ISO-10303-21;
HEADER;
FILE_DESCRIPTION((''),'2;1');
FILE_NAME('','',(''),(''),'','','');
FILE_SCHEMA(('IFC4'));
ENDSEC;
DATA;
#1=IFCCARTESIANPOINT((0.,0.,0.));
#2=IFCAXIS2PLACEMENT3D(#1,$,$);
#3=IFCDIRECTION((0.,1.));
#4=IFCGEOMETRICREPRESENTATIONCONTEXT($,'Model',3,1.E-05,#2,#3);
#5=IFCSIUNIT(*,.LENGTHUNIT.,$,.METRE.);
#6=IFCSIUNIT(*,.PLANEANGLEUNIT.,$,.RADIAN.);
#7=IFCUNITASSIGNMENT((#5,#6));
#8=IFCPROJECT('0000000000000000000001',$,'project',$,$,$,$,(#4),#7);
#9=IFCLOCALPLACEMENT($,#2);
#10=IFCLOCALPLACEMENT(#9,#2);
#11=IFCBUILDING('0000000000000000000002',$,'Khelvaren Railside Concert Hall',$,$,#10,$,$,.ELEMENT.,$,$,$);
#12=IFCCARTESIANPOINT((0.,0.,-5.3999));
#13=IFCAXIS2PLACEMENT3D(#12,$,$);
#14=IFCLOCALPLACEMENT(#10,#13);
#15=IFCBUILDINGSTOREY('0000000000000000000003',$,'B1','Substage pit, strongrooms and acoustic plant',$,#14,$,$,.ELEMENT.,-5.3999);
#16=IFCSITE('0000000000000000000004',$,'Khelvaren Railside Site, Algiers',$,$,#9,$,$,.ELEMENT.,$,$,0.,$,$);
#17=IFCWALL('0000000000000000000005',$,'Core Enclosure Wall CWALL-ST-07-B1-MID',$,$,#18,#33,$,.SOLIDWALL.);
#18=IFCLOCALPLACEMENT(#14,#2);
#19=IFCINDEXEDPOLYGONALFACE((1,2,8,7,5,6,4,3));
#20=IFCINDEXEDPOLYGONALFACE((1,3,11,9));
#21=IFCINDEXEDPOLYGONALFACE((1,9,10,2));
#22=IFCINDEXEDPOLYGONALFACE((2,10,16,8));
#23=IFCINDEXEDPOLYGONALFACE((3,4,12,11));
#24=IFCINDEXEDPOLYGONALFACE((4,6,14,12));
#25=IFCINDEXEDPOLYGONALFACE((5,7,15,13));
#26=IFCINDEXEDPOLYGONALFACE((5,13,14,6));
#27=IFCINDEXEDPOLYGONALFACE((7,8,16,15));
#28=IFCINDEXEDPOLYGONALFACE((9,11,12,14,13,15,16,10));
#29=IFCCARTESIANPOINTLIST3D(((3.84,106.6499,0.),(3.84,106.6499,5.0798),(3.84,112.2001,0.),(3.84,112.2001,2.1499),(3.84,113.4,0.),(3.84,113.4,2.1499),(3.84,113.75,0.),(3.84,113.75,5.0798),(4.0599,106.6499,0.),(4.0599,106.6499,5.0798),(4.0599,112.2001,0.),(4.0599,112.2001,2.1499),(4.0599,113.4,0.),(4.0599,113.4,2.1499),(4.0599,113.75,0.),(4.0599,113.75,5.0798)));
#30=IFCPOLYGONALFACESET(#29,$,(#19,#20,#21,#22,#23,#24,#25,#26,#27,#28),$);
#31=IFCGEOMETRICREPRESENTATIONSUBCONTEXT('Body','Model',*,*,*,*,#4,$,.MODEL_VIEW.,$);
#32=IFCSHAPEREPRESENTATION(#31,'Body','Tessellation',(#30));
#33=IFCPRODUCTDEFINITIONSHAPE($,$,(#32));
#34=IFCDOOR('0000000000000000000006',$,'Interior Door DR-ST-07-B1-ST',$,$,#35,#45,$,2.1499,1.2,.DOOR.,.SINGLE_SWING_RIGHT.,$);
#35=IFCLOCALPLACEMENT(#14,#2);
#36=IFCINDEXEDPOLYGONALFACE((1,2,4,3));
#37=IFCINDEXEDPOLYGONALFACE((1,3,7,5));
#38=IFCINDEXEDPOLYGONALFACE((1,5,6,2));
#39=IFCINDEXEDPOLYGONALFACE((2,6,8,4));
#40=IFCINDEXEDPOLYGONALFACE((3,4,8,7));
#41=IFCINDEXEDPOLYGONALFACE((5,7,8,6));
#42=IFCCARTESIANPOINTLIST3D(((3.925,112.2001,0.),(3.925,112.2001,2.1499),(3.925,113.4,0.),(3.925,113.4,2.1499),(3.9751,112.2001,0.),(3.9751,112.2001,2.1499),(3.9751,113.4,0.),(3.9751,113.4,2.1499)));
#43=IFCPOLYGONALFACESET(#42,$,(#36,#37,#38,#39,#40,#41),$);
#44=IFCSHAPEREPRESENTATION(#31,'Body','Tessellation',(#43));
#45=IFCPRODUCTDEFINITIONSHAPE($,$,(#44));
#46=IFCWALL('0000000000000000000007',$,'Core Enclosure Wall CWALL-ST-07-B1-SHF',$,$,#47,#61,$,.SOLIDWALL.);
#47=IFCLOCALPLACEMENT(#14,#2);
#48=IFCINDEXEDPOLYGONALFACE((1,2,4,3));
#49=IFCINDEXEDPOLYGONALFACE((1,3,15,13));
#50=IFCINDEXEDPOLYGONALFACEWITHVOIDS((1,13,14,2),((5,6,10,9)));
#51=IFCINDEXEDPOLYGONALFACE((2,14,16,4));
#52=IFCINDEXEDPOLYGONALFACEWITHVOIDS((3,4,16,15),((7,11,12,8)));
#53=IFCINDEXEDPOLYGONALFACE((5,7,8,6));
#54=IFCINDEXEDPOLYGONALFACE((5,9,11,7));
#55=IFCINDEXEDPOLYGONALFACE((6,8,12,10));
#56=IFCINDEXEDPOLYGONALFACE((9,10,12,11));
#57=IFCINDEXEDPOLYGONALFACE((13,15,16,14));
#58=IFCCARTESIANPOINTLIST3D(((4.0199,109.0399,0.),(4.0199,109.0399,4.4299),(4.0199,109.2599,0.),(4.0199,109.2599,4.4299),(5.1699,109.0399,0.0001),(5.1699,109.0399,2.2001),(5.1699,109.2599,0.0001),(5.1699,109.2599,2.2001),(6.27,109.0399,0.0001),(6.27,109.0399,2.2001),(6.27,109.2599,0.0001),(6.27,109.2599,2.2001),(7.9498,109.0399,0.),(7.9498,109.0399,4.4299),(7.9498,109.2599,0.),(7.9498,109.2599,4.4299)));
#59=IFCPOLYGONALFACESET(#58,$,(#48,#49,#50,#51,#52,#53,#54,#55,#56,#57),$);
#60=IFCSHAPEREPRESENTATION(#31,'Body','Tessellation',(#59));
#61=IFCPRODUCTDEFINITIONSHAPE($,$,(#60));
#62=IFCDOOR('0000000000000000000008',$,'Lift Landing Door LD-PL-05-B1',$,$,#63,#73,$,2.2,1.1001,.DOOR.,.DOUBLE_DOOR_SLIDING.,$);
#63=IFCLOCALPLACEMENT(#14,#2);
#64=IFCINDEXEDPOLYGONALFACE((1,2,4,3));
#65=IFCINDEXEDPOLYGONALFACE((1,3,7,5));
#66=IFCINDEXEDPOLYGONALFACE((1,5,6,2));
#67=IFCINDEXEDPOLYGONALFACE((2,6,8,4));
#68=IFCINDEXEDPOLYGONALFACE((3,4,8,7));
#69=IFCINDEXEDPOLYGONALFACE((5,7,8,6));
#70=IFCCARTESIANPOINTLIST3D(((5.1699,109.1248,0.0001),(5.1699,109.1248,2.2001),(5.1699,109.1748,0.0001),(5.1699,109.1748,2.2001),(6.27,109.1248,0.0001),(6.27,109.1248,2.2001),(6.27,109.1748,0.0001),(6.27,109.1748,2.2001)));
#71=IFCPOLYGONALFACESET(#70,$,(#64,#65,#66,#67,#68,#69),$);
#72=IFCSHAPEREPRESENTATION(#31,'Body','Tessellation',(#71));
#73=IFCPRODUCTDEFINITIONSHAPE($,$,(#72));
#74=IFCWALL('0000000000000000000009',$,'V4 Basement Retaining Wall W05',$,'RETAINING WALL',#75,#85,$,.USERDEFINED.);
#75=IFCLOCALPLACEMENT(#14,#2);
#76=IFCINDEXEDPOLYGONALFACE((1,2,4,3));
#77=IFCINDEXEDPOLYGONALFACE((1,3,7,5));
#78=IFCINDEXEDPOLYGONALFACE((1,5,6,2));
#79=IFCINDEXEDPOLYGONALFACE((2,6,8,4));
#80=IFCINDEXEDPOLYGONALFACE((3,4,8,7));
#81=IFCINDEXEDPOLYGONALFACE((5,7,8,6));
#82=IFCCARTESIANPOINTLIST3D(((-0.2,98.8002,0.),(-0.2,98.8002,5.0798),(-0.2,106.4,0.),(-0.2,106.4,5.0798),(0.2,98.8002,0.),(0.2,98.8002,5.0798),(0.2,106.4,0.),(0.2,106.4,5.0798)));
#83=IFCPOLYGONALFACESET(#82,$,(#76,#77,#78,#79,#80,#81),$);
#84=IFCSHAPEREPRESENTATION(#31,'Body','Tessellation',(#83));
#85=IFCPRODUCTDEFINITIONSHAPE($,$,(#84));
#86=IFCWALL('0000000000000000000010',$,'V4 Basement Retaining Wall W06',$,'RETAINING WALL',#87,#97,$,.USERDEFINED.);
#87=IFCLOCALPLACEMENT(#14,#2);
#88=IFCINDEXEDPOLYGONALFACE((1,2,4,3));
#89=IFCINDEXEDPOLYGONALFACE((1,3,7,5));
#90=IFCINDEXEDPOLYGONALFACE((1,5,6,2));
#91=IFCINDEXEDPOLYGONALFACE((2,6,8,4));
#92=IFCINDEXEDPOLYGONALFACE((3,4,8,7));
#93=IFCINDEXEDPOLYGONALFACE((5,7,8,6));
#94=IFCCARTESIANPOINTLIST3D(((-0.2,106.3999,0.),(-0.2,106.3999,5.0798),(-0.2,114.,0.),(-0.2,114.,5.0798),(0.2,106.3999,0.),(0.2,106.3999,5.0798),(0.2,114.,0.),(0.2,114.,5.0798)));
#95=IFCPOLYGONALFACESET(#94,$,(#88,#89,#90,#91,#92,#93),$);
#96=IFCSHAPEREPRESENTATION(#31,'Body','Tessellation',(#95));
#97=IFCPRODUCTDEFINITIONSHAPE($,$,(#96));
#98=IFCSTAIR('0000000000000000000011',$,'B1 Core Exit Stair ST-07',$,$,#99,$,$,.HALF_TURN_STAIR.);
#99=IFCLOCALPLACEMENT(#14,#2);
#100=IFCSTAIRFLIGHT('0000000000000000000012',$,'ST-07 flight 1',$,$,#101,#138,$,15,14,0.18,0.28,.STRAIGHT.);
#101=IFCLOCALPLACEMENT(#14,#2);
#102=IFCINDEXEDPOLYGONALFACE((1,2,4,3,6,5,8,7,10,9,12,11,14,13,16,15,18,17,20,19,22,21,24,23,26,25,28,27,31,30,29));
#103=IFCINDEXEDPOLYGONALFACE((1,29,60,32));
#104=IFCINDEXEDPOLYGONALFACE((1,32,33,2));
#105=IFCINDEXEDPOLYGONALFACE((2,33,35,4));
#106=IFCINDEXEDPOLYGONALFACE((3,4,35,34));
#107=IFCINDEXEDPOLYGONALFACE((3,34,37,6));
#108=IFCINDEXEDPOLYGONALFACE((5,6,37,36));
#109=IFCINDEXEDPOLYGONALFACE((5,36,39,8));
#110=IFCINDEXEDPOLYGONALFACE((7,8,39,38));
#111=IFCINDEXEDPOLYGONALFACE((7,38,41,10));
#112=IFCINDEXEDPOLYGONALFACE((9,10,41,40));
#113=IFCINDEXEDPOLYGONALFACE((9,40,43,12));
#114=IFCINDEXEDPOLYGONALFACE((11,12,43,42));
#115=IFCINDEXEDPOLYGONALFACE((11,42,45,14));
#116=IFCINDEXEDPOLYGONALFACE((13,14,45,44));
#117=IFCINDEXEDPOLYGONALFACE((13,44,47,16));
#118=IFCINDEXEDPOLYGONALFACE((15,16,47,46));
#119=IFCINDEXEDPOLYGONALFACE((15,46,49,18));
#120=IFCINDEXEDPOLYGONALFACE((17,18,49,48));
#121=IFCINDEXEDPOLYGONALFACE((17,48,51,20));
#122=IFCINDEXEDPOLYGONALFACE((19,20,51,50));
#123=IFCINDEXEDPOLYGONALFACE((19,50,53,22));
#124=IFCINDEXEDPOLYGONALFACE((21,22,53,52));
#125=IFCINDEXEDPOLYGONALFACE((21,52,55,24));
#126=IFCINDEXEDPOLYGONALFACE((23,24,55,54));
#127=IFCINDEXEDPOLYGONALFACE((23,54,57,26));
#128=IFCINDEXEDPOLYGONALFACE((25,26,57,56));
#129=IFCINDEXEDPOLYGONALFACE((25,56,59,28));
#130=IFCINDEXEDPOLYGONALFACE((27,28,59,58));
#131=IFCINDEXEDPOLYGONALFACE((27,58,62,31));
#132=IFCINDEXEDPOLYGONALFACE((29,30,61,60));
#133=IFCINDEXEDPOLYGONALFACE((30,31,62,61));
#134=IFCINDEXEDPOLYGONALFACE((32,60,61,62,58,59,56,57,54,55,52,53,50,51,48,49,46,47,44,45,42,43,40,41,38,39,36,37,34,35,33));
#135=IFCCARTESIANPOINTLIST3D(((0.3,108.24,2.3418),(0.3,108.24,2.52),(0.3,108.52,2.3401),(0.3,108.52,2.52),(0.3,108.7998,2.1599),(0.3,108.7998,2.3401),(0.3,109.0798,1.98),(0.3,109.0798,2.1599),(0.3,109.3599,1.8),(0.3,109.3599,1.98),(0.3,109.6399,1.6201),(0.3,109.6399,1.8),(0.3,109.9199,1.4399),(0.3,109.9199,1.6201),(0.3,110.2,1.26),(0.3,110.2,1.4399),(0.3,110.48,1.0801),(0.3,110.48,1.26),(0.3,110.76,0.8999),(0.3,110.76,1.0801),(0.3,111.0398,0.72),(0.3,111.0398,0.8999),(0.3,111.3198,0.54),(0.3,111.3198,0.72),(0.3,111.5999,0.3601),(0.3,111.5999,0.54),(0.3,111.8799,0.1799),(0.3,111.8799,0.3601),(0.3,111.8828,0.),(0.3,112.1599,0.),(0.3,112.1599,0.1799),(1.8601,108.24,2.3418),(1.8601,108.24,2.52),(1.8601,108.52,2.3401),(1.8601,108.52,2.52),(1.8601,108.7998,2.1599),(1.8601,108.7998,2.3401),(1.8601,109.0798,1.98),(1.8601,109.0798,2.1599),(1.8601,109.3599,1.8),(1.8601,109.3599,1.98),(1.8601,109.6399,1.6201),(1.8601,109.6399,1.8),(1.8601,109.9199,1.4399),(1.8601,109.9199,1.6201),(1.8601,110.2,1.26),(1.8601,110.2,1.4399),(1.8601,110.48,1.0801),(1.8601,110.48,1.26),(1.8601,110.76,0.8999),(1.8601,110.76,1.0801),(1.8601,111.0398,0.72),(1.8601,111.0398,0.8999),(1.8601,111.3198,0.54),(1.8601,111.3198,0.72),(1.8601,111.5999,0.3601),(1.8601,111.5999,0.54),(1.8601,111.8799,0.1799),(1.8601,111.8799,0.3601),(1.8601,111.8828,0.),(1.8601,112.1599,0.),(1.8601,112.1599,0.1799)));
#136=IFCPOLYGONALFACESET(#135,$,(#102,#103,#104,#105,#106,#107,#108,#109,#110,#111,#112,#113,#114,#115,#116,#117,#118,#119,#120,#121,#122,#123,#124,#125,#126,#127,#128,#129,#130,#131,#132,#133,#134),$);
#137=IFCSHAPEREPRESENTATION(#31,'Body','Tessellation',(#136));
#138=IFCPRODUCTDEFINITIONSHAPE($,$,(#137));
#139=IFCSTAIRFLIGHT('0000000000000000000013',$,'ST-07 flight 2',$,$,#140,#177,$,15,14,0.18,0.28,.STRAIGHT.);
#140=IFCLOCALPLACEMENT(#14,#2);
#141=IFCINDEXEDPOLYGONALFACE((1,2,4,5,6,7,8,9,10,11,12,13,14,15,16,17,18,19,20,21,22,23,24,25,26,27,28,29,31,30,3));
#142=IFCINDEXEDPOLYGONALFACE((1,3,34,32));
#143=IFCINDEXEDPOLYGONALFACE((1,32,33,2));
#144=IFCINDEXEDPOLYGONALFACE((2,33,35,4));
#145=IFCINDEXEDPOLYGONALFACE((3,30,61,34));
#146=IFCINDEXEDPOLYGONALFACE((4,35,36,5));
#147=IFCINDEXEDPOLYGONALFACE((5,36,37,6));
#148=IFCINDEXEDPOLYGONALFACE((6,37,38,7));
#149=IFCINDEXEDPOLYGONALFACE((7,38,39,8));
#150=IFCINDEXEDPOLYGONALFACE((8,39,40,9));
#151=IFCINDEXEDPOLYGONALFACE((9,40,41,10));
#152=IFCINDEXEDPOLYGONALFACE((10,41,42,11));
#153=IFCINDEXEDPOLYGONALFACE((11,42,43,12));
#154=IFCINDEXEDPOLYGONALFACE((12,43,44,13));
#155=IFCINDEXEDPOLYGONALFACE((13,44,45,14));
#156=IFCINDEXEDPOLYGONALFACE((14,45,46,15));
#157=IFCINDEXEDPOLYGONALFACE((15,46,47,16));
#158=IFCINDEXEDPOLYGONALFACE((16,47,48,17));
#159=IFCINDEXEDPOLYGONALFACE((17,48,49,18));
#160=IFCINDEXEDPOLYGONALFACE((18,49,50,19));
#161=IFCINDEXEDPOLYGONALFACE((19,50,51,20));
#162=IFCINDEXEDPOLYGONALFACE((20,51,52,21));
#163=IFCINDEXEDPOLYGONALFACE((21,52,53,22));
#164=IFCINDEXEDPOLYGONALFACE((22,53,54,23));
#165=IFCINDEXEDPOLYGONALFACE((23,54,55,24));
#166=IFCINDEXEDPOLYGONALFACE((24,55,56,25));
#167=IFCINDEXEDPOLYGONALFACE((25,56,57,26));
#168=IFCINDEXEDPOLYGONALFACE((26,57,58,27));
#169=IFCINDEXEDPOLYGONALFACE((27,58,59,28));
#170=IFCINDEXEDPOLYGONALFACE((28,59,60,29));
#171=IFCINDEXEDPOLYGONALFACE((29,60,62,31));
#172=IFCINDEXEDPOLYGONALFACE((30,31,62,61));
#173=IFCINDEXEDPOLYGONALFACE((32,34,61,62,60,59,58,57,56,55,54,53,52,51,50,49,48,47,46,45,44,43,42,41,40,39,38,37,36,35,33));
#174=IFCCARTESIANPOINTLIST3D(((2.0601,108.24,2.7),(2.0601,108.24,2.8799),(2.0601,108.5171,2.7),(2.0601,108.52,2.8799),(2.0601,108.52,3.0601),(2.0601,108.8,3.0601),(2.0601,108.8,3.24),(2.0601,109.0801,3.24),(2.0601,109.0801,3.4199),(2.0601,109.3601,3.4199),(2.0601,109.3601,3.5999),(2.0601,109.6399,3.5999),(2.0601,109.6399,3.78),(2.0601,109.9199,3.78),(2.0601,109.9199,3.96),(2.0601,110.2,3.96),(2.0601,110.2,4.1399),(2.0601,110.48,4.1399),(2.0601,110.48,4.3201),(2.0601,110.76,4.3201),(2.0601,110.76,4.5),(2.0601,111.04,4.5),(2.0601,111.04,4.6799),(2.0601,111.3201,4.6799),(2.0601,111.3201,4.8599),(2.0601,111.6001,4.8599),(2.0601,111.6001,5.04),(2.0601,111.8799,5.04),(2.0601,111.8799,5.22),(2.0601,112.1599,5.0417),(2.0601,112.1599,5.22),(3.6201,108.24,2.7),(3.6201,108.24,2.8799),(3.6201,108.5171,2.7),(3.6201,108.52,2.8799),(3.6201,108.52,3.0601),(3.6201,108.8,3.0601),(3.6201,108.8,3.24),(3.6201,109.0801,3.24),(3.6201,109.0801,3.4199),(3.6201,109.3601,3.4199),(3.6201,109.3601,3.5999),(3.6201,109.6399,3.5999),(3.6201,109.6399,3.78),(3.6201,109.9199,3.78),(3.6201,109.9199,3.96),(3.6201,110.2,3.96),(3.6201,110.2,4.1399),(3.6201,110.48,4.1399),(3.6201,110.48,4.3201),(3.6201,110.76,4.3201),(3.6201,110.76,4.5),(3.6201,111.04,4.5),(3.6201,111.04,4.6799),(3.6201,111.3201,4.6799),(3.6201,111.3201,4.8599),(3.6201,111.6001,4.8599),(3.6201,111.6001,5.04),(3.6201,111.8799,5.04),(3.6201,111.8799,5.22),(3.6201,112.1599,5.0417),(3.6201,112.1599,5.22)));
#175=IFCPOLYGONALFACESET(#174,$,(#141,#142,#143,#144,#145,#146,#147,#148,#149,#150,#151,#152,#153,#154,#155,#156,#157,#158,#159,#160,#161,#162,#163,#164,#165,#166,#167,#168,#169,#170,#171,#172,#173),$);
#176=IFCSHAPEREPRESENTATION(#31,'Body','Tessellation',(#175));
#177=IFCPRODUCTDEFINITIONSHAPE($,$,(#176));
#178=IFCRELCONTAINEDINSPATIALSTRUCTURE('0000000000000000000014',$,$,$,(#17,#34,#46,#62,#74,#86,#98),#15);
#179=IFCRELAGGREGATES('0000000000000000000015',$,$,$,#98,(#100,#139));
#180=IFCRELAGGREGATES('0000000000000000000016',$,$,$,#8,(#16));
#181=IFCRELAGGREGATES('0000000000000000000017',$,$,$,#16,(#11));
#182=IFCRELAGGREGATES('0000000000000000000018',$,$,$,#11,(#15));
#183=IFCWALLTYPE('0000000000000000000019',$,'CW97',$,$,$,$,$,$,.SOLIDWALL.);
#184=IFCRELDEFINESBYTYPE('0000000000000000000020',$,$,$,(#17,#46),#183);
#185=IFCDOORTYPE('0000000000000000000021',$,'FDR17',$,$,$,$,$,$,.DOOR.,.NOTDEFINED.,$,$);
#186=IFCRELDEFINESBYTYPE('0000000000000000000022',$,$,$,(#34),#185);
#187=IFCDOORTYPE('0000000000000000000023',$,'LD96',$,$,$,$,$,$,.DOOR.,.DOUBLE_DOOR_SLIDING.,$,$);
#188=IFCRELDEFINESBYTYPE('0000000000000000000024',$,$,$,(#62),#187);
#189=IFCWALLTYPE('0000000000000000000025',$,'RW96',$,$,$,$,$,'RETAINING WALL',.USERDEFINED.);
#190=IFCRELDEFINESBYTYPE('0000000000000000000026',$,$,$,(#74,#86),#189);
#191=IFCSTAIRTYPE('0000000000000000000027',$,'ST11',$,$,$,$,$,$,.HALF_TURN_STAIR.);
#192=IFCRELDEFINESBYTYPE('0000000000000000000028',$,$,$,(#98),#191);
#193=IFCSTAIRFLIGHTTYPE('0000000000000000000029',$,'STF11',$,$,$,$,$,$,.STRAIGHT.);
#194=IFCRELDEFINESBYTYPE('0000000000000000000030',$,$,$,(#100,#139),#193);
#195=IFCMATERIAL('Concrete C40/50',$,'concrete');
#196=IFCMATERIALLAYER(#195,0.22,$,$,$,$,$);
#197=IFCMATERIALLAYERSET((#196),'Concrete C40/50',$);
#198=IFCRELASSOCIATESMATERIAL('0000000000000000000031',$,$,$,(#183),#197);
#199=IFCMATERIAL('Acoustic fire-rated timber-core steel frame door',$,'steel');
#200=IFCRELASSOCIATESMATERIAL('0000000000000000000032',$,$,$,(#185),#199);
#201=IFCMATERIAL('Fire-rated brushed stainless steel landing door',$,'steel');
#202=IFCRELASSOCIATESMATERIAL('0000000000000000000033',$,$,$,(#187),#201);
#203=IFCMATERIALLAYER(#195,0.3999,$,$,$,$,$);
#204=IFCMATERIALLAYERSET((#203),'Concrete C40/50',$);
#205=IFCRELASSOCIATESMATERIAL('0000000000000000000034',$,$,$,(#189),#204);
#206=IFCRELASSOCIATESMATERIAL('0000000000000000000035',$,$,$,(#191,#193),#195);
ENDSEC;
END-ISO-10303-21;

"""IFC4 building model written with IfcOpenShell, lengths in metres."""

from ifc_helpers import new_model, si_unit, direction, frame, frame_2d, origin, place, context, subcontext, project, spatial, polyline, rectangle, outline, extrude, material, layer, layer_set, type_object, element, fill, aggregate, save


model = new_model("IFC4")

# Units and contexts
model_context = context("Model", 3, precision=1e-05, world=origin(), true_north=direction((0.0, 1.0)))
body_context = subcontext(model_context, "Body", "Model", "MODEL_VIEW")
ifc_project = project(units=[si_unit("LENGTHUNIT", "METRE"), si_unit("PLANEANGLEUNIT", "RADIAN")], contexts=[model_context])

# Site, building, storey
site_placement = place(None, origin())
site = spatial("IfcSite", under=ifc_project, at=site_placement, Name="Khelvaren Railside Site, Algiers", CompositionType="ELEMENT", RefElevation=0.0)
building_placement = place(site_placement, origin())
building = spatial("IfcBuilding", under=site, at=building_placement, Name="Khelvaren Railside Concert Hall", CompositionType="ELEMENT")
storey_placement = place(building_placement, frame((0.0, 0.0, -5.3999)))
storey = spatial("IfcBuildingStorey", under=building, at=storey_placement, Name="B1", Description="Substage pit, strongrooms and acoustic plant", CompositionType="ELEMENT", Elevation=-5.3999)

# Shared definitions
ifc_material_1 = material(Name="Concrete C40/50", Category="concrete")

# Walls, openings, doors
ifc_layer_1 = layer(ifc_material_1, 0.22)
ifc_layer_set_1 = layer_set([ifc_layer_1], Name="Concrete C40/50")
wall_type_1 = type_object("IfcWallType", Name="CW97", PredefinedType="SOLIDWALL", material=ifc_layer_set_1)
wall_1_placement = place(storey_placement, frame((3.95, 106.6499, 0.0), z_axis=(0.0, 0.0, 1.0), x_axis=(0.0, 1.0, 0.0)))
wall_1 = element("IfcWall", 1, at=wall_1_placement, inside=storey, type_object=wall_type_1, Name="Core Enclosure Wall CWALL-ST-07-B1-MID", PredefinedType="SOLIDWALL", context=body_context, shape_type="SweptSolid", body=[
    extrude(rectangle(XDim=7.1001, YDim=0.22, at=frame_2d((3.55, 0.0))), origin(), (0.0, 0.0, 1.0), 5.0798),
])
opening_1_placement = place(wall_1_placement, frame((5.55, 0.0, 0.0)))
opening_1 = element("IfcOpeningElement", 2, at=opening_1_placement, cuts=wall_1, PredefinedType="OPENING", context=body_context, shape_type="SweptSolid", body=[
    extrude(rectangle(XDim=1.2, YDim=2.1499, at=frame_2d((0.6001, 1.075))), frame((0.0, 0.1199, 0.0), z_axis=(0.0, -1.0, 0.0), x_axis=(1.0, 0.0, 0.0)), (0.0, 0.0, 1.0), 0.24),
])
ifc_material_2 = material(Name="Acoustic fire-rated timber-core steel frame door", Category="steel")
door_type_1 = type_object("IfcDoorType", Name="FDR17", OperationType="NOTDEFINED", PredefinedType="DOOR", material=ifc_material_2)
door_1_placement = place(opening_1_placement, origin())
door_1 = element("IfcDoor", 3, at=door_1_placement, inside=storey, type_object=door_type_1, Name="Interior Door DR-ST-07-B1-ST", OperationType="SINGLE_SWING_RIGHT", OverallHeight=2.1499, OverallWidth=1.2, PredefinedType="DOOR", context=body_context, shape_type="SweptSolid", body=[
    extrude(rectangle(XDim=1.2, YDim=2.1499, at=frame_2d((0.6001, 1.075))), frame((0.0, 0.0249, 0.0), z_axis=(0.0, -1.0, 0.0), x_axis=(1.0, 0.0, 0.0)), (0.0, 0.0, 1.0), 0.05),
])
fill(opening_1, door_1)
wall_2_placement = place(storey_placement, frame((4.02, 109.1499, 0.0), z_axis=(0.0, 0.0, 1.0), x_axis=(1.0, 0.0, 0.0)))
wall_2 = element("IfcWall", 4, at=wall_2_placement, inside=storey, type_object=wall_type_1, Name="Core Enclosure Wall CWALL-ST-07-B1-SHF", PredefinedType="SOLIDWALL", context=body_context, shape_type="SweptSolid", body=[
    extrude(rectangle(XDim=3.9299, YDim=0.22, at=frame_2d((1.9648, 0.0))), origin(), (0.0, 0.0, 1.0), 4.4299),
])
opening_2_placement = place(wall_2_placement, frame((1.1499, 0.0, 0.0)))
opening_2 = element("IfcOpeningElement", 5, at=opening_2_placement, cuts=wall_2, PredefinedType="OPENING", context=body_context, shape_type="SweptSolid", body=[
    extrude(rectangle(XDim=1.1001, YDim=2.2, at=frame_2d((0.55, 1.1001))), frame((0.0, 0.1199, 0.0), z_axis=(0.0, -1.0, 0.0), x_axis=(1.0, 0.0, 0.0)), (0.0, 0.0, 1.0), 0.24),
])
ifc_material_3 = material(Name="Fire-rated brushed stainless steel landing door", Category="steel")
door_type_2 = type_object("IfcDoorType", Name="LD96", OperationType="DOUBLE_DOOR_SLIDING", PredefinedType="DOOR", material=ifc_material_3)
door_2_placement = place(opening_2_placement, origin())
door_2 = element("IfcDoor", 6, at=door_2_placement, inside=storey, type_object=door_type_2, Name="Lift Landing Door LD-PL-05-B1", OperationType="DOUBLE_DOOR_SLIDING", OverallHeight=2.2, OverallWidth=1.1001, PredefinedType="DOOR", context=body_context, shape_type="SweptSolid", body=[
    extrude(rectangle(XDim=1.1001, YDim=2.2, at=frame_2d((0.55, 1.1001))), frame((0.0, 0.0249, 0.0), z_axis=(0.0, -1.0, 0.0), x_axis=(1.0, 0.0, 0.0)), (0.0, 0.0, 1.0), 0.05),
])
fill(opening_2, door_2)

# Walls
ifc_layer_2 = layer(ifc_material_1, 0.3999)
ifc_layer_set_2 = layer_set([ifc_layer_2], Name="Concrete C40/50")
wall_type_2 = type_object("IfcWallType", Name="RW96", ElementType="RETAINING WALL", PredefinedType="USERDEFINED", material=ifc_layer_set_2)
wall_3_placement = place(storey_placement, frame((0.0, 106.3999, 0.0), z_axis=(0.0, 0.0, 1.0), x_axis=(0.0, -1.0, 0.0)))
element("IfcWall", 7, at=wall_3_placement, inside=storey, type_object=wall_type_2, Name="V4 Basement Retaining Wall W05", ObjectType="RETAINING WALL", PredefinedType="USERDEFINED", context=body_context, shape_type="SweptSolid", body=[
    extrude(rectangle(XDim=7.5999, YDim=0.3999, at=frame_2d((3.7998, 0.0))), origin(), (0.0, 0.0, 1.0), 5.0798),
])
wall_4_placement = place(storey_placement, frame((0.0, 114.0, 0.0), z_axis=(0.0, 0.0, 1.0), x_axis=(0.0, -1.0, 0.0)))
element("IfcWall", 8, at=wall_4_placement, inside=storey, type_object=wall_type_2, Name="V4 Basement Retaining Wall W06", ObjectType="RETAINING WALL", PredefinedType="USERDEFINED", context=body_context, shape_type="SweptSolid", body=[
    extrude(rectangle(XDim=7.6001, YDim=0.3999, at=frame_2d((3.8, 0.0))), origin(), (0.0, 0.0, 1.0), 5.0798),
])

# Stair, stair flights
stair_type = type_object("IfcStairType", Name="ST11", PredefinedType="HALF_TURN_STAIR", material=ifc_material_1)
stair_placement = place(storey_placement, origin())
stair = element("IfcStair", 9, at=stair_placement, inside=storey, type_object=stair_type, Name="B1 Core Exit Stair ST-07", PredefinedType="HALF_TURN_STAIR")
stair_flight_type = type_object("IfcStairFlightType", Name="STF11", PredefinedType="STRAIGHT", material=ifc_material_1)
stair_flight_1_placement = place(storey_placement, frame((1.0801, 112.1599, 0.0), z_axis=(0.0, 0.0, 1.0), x_axis=(0.0, -1.0, 0.0)))
stair_flight_1 = element("IfcStairFlight", 10, at=stair_flight_1_placement, type_object=stair_flight_type, Name="ST-07 flight 1", NumberOfRisers=15, NumberOfTreads=14, PredefinedType="STRAIGHT", RiserHeight=0.18, TreadLength=0.28, context=body_context, shape_type="SweptSolid", body=[
    extrude(outline(polyline([(0.0, 0.0), (0.0, 0.1799), (0.28, 0.1799), (0.28, 0.3601), (0.5601, 0.3601), (0.5601, 0.54), (0.8401, 0.54), (0.8401, 0.72), (1.1201, 0.72), (1.1201, 0.8999), (1.3999, 0.8999), (1.3999, 1.0801), (1.6799, 1.0801), (1.6799, 1.26), (1.96, 1.26), (1.96, 1.4399), (2.24, 1.4399), (2.24, 1.6201), (2.52, 1.6201), (2.52, 1.8), (2.8, 1.8), (2.8, 1.98), (3.0801, 1.98), (3.0801, 2.1599), (3.3601, 2.1599), (3.3601, 2.3401), (3.6399, 2.3401), (3.6399, 2.52), (3.9199, 2.52), (3.9199, 2.7), (3.9199, 2.3418), (0.2771, 0.0), (0.0, 0.0)])), frame((0.0, 0.78, 0.0), z_axis=(0.0, -1.0, 0.0), x_axis=(1.0, 0.0, 0.0)), (0.0, 0.0, 1.0), 1.5601),
])
stair_flight_2_placement = place(storey_placement, frame((2.8401, 108.24, 2.7), z_axis=(0.0, 0.0, 1.0), x_axis=(0.0, 1.0, 0.0)))
stair_flight_2 = element("IfcStairFlight", 11, at=stair_flight_2_placement, type_object=stair_flight_type, Name="ST-07 flight 2", NumberOfRisers=15, NumberOfTreads=14, PredefinedType="STRAIGHT", RiserHeight=0.18, TreadLength=0.28, context=body_context, shape_type="SweptSolid", body=[
    extrude(outline(polyline([(0.0, 0.0), (0.0, 0.1799), (0.28, 0.1799), (0.28, 0.3601), (0.5601, 0.3601), (0.5601, 0.54), (0.8401, 0.54), (0.8401, 0.72), (1.1201, 0.72), (1.1201, 0.8999), (1.3999, 0.8999), (1.3999, 1.0801), (1.6799, 1.0801), (1.6799, 1.26), (1.96, 1.26), (1.96, 1.4399), (2.24, 1.4399), (2.24, 1.6201), (2.52, 1.6201), (2.52, 1.8), (2.8, 1.8), (2.8, 1.98), (3.0801, 1.98), (3.0801, 2.1599), (3.3601, 2.1599), (3.3601, 2.3401), (3.6399, 2.3401), (3.6399, 2.52), (3.9199, 2.52), (3.9199, 2.7), (3.9199, 2.3418), (0.2771, 0.0), (0.0, 0.0)])), frame((0.0, 0.78, 0.0), z_axis=(0.0, -1.0, 0.0), x_axis=(1.0, 0.0, 0.0)), (0.0, 0.0, 1.0), 1.5601),
])
aggregate(stair, [stair_flight_1, stair_flight_2])

save(model, "model.ifc")
